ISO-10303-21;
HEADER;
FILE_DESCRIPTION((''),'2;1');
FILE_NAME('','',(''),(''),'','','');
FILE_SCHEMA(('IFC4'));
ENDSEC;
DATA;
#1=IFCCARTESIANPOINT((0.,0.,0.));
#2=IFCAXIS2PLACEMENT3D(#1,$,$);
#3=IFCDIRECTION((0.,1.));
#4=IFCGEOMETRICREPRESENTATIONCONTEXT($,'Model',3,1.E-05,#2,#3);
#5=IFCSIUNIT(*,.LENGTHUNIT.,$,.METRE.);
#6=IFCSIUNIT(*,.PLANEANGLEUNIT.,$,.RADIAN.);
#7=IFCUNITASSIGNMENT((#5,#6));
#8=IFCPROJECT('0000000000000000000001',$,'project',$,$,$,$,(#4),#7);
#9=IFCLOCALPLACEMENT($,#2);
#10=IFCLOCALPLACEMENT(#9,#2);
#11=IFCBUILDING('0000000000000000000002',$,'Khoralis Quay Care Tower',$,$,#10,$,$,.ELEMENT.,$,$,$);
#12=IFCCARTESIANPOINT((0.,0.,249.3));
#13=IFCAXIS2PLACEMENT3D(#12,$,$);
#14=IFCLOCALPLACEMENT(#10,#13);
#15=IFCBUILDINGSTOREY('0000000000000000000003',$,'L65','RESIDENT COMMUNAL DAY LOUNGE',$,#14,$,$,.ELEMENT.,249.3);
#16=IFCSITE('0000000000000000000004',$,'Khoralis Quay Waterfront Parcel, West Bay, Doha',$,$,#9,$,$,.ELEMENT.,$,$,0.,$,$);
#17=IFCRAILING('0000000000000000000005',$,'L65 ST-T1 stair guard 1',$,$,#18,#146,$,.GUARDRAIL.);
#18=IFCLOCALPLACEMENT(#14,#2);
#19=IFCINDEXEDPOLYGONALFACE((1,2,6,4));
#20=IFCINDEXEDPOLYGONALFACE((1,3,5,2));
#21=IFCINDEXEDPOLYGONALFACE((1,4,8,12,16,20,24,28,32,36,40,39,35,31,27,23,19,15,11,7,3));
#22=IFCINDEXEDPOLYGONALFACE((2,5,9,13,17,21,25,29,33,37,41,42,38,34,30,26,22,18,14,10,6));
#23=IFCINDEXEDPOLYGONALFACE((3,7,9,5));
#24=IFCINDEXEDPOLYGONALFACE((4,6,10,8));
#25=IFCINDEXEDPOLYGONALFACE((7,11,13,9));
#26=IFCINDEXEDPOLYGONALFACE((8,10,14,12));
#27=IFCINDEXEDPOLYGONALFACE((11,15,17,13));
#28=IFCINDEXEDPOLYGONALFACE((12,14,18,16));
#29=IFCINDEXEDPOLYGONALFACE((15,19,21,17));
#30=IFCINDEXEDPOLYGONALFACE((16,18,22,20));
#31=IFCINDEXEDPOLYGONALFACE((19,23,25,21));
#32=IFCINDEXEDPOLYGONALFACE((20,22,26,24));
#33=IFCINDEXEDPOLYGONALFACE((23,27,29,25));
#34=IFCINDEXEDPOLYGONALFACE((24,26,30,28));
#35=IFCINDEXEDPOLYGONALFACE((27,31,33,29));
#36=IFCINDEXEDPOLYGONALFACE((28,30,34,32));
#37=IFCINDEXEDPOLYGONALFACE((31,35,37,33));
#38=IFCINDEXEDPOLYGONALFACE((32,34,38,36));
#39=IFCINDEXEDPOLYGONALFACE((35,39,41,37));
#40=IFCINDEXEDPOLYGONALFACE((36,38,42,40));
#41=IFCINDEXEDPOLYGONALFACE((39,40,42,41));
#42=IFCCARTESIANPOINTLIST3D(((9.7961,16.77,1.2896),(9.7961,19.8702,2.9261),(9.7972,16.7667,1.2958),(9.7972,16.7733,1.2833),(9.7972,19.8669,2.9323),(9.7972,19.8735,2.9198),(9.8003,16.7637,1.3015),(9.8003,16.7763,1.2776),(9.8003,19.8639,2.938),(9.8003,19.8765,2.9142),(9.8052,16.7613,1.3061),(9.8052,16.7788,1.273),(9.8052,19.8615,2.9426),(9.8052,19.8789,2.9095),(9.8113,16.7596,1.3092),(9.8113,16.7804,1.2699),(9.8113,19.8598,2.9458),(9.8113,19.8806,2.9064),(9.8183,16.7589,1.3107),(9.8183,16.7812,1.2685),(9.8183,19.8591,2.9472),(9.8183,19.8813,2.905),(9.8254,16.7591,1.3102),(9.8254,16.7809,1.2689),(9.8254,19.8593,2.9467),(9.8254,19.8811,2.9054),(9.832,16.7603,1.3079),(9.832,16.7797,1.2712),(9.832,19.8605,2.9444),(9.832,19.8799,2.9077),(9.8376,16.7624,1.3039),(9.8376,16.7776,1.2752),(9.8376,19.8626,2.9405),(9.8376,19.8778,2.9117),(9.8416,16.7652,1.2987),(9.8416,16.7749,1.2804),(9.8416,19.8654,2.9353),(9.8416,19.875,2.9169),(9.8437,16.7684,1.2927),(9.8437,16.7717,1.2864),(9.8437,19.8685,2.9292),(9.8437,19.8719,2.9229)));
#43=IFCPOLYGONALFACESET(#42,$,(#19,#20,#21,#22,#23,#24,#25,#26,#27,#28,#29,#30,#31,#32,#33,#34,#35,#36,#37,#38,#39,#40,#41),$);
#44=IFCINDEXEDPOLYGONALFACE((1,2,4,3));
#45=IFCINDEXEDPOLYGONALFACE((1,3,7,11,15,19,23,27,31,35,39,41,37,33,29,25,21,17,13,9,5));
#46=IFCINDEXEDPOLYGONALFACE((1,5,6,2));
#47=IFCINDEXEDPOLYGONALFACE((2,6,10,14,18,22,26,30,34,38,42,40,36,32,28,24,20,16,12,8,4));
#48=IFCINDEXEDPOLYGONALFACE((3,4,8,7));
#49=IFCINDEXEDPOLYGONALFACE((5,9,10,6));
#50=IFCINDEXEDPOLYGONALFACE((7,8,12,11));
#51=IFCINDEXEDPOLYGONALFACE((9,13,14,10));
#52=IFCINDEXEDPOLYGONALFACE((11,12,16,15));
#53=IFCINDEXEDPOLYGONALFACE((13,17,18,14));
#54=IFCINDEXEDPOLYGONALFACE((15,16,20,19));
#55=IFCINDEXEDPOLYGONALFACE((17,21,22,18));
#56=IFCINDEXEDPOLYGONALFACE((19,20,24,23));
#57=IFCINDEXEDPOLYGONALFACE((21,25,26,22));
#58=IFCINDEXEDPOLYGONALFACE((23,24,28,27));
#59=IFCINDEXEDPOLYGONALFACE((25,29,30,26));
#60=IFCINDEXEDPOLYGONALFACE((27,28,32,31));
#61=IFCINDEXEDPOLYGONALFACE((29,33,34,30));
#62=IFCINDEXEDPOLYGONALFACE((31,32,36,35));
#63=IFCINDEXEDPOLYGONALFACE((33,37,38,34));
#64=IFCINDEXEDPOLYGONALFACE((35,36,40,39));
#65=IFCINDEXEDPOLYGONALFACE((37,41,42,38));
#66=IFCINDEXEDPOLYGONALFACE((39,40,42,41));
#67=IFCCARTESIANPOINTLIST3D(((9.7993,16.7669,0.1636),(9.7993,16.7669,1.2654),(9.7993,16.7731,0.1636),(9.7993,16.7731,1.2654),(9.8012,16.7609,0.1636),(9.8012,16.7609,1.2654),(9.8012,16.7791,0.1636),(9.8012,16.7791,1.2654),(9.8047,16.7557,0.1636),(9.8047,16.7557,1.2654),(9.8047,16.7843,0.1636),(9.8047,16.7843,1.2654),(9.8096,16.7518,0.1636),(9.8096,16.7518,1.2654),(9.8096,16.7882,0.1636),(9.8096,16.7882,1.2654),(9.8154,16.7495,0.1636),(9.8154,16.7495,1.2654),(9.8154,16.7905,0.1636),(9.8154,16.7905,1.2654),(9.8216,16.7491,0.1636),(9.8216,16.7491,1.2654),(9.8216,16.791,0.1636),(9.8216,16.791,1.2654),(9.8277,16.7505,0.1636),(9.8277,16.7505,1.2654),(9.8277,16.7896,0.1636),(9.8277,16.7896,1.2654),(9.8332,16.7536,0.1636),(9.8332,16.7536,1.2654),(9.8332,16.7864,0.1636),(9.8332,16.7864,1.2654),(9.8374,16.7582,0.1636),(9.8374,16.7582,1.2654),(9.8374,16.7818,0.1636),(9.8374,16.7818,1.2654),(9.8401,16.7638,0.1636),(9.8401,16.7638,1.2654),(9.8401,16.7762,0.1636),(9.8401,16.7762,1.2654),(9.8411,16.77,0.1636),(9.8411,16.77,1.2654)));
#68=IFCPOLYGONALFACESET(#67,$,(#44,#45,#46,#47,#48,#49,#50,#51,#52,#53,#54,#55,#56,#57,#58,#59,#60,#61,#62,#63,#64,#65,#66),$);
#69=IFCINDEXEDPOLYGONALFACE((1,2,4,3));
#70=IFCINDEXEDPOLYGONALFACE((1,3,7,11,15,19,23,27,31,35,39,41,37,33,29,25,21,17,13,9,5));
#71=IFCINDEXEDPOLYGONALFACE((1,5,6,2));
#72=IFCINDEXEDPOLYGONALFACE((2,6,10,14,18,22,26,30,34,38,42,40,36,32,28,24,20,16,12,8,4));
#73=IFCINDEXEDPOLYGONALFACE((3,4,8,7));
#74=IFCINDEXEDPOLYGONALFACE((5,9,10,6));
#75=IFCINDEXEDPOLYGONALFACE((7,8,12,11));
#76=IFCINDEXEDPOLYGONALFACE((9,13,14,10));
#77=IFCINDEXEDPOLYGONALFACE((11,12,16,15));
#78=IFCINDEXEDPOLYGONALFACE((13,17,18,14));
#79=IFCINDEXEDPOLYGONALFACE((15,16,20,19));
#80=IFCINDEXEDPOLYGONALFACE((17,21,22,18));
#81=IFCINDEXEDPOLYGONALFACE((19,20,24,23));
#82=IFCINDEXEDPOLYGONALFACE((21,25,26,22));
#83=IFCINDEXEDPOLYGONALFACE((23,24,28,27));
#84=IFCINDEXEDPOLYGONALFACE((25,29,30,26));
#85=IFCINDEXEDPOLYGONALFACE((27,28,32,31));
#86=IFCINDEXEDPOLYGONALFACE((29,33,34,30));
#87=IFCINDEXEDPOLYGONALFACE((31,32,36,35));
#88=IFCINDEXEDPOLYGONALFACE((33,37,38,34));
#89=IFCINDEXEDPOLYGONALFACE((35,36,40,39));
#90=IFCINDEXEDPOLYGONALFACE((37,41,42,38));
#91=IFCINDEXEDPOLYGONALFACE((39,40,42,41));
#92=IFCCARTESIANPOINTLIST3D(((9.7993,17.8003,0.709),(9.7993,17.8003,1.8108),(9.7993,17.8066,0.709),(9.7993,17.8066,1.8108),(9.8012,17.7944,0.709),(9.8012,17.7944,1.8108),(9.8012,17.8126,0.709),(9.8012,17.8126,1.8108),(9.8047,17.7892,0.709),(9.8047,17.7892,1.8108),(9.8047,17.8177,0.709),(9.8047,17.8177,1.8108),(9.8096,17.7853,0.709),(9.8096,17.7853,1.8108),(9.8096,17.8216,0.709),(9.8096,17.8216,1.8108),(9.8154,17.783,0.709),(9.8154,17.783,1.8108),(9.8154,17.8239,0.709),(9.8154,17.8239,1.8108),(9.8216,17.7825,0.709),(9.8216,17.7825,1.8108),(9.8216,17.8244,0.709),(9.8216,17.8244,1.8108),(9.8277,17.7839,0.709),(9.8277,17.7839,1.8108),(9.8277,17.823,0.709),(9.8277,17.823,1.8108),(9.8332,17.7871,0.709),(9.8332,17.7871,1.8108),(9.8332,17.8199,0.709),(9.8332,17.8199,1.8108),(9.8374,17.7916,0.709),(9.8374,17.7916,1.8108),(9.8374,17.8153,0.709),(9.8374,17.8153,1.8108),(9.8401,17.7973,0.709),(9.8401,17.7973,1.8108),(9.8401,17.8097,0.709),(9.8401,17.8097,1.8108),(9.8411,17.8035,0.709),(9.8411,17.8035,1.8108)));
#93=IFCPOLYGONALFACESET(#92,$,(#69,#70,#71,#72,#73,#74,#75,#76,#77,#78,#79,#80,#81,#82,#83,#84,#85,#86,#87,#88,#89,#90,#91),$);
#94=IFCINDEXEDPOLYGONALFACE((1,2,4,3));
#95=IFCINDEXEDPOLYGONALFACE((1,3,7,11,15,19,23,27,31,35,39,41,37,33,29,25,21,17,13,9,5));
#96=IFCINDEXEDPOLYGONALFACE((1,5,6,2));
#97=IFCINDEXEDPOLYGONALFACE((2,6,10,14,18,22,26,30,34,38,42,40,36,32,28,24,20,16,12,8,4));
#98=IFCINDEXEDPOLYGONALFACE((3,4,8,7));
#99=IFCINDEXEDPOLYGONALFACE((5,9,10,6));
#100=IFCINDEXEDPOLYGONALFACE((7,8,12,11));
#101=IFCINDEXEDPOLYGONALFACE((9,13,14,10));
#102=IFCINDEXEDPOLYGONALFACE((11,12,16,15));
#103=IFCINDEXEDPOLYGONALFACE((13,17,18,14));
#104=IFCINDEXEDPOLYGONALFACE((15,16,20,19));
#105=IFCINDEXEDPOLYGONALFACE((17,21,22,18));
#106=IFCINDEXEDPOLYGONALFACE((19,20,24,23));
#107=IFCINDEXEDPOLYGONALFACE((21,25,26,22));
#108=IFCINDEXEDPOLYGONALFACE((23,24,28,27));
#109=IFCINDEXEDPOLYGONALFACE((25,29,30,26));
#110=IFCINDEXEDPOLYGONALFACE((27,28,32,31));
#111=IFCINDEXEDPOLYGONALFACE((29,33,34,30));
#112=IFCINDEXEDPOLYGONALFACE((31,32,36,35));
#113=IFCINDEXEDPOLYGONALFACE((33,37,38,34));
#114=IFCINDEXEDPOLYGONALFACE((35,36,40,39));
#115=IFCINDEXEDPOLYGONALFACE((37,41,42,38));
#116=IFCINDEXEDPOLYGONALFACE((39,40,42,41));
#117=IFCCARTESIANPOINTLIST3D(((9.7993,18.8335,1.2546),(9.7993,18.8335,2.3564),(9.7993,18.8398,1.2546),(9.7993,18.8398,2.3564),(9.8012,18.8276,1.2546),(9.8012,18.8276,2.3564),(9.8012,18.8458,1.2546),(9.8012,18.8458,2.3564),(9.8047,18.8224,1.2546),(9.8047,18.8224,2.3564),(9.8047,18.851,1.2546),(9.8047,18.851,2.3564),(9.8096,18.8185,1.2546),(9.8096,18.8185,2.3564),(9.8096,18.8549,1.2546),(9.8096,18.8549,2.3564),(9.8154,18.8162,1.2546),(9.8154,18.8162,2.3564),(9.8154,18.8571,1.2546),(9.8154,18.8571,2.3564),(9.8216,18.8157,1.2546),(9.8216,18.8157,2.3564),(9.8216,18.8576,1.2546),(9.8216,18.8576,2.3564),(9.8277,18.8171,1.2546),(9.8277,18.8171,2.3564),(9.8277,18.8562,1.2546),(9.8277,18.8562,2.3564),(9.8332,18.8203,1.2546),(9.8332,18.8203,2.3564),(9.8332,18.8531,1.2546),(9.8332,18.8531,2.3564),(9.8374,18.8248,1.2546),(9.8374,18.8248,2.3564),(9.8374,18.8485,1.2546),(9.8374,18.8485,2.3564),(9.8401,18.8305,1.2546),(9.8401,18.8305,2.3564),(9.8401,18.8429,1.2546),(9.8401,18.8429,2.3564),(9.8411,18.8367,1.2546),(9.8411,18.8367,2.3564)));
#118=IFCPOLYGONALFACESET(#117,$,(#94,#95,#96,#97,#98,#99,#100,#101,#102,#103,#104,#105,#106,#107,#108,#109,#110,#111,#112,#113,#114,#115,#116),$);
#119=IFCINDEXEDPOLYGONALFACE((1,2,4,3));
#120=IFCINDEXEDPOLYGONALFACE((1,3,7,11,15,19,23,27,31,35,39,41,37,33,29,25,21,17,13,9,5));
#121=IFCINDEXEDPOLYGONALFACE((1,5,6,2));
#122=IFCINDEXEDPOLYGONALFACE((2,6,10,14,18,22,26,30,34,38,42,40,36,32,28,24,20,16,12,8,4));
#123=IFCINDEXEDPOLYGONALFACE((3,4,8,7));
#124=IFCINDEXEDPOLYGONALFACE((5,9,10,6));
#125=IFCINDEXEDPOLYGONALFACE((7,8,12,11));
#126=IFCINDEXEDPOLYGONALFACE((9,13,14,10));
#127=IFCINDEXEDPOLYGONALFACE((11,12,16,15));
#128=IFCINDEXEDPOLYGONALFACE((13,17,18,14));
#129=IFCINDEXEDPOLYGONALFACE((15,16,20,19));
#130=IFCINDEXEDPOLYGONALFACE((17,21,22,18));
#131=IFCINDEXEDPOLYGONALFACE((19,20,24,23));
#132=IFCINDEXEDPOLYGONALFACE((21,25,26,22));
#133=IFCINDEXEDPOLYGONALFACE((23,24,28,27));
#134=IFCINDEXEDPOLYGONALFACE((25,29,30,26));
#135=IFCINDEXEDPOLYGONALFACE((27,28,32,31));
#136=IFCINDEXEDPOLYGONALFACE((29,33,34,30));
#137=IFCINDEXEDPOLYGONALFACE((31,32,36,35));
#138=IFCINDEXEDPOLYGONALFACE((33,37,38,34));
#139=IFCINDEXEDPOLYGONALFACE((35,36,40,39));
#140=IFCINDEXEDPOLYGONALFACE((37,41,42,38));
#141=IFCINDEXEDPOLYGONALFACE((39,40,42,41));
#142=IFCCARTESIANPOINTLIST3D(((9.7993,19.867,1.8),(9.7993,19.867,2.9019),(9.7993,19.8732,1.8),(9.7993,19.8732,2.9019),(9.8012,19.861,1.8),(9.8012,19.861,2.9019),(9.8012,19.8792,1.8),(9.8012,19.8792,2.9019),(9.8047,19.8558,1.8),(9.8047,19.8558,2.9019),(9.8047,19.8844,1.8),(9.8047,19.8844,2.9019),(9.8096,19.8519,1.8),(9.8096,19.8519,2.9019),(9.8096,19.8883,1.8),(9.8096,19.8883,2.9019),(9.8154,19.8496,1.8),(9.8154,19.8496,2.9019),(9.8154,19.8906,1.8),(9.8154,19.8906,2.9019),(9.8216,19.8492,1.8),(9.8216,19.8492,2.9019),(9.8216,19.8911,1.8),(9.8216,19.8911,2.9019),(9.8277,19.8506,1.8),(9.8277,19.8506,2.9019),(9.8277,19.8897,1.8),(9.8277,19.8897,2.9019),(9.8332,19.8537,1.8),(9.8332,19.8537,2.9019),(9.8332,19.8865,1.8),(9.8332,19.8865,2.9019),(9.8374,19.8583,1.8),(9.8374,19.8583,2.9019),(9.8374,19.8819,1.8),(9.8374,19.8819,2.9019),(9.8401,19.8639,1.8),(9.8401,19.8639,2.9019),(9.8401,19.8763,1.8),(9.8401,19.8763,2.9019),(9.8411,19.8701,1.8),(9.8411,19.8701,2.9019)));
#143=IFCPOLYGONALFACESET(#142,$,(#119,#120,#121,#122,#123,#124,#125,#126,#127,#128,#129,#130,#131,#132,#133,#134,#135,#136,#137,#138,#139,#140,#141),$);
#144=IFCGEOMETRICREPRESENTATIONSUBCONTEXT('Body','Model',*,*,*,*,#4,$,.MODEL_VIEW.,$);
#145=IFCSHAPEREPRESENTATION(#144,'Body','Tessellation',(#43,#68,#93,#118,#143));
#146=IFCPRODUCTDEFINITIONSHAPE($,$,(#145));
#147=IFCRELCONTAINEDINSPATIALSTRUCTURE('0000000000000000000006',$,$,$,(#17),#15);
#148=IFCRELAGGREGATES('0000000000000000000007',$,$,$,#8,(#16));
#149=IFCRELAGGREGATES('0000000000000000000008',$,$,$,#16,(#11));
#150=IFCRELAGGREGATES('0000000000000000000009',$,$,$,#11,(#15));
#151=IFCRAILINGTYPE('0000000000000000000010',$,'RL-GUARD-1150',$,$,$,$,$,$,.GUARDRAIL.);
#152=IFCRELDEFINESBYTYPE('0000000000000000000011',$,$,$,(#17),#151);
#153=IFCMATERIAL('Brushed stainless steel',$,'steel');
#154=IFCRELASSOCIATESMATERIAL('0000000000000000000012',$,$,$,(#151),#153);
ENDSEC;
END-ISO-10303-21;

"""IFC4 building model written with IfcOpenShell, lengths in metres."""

from ifc_helpers import new_model, si_unit, direction, frame, origin, origin_2d, place, context, subcontext, project, spatial, circle, extrude, material, type_object, element, save


model = new_model("IFC4")

# Units and contexts
model_context = context("Model", 3, precision=1e-05, world=origin(), true_north=direction((0.0, 1.0)))
body_context = subcontext(model_context, "Body", "Model", "MODEL_VIEW")
ifc_project = project(units=[si_unit("LENGTHUNIT", "METRE"), si_unit("PLANEANGLEUNIT", "RADIAN")], contexts=[model_context])

# Site, building, storey
site_placement = place(None, origin())
site = spatial("IfcSite", under=ifc_project, at=site_placement, Name="Khoralis Quay Waterfront Parcel, West Bay, Doha", CompositionType="ELEMENT", RefElevation=0.0)
building_placement = place(site_placement, origin())
building = spatial("IfcBuilding", under=site, at=building_placement, Name="Khoralis Quay Care Tower", CompositionType="ELEMENT")
storey_placement = place(building_placement, frame((0.0, 0.0, 249.3)))
storey = spatial("IfcBuildingStorey", under=building, at=storey_placement, Name="L65", Description="RESIDENT COMMUNAL DAY LOUNGE", CompositionType="ELEMENT", Elevation=249.3)

# Railing
ifc_material_1 = material(Name="Brushed stainless steel", Category="steel")
railing_type_1 = type_object("IfcRailingType", Name="RL-GUARD-1150", PredefinedType="GUARDRAIL", material=ifc_material_1)
railing_1_placement = place(storey_placement, frame((9.8201, 16.77, 0.1636)))
element("IfcRailing", 1, at=railing_1_placement, inside=storey, type_object=railing_type_1, Name="L65 ST-T1 stair guard 1", PredefinedType="GUARDRAIL", context=body_context, shape_type="SweptSolid", body=[
    extrude(circle(Radius=0.0239, at=origin_2d()), frame((0.0, 0.0, 1.126), z_axis=(0.0, 0.884348, 0.466828), x_axis=(-1.0, 0.0, 0.0)), (0.0, 0.0, 1.0), 3.5056),
    extrude(circle(Radius=0.021, at=origin_2d()), origin(), (0.0, 0.0, 1.0), 1.1018),
    extrude(circle(Radius=0.021, at=origin_2d()), frame((0.0, 1.0334, 0.5454)), (0.0, 0.0, 1.0), 1.1018),
    extrude(circle(Radius=0.021, at=origin_2d()), frame((0.0, 2.0667, 1.0911)), (0.0, 0.0, 1.0), 1.1018),
    extrude(circle(Radius=0.021, at=origin_2d()), frame((0.0, 3.1001, 1.6365)), (0.0, 0.0, 1.0), 1.1018),
])

save(model, "model.ifc")
